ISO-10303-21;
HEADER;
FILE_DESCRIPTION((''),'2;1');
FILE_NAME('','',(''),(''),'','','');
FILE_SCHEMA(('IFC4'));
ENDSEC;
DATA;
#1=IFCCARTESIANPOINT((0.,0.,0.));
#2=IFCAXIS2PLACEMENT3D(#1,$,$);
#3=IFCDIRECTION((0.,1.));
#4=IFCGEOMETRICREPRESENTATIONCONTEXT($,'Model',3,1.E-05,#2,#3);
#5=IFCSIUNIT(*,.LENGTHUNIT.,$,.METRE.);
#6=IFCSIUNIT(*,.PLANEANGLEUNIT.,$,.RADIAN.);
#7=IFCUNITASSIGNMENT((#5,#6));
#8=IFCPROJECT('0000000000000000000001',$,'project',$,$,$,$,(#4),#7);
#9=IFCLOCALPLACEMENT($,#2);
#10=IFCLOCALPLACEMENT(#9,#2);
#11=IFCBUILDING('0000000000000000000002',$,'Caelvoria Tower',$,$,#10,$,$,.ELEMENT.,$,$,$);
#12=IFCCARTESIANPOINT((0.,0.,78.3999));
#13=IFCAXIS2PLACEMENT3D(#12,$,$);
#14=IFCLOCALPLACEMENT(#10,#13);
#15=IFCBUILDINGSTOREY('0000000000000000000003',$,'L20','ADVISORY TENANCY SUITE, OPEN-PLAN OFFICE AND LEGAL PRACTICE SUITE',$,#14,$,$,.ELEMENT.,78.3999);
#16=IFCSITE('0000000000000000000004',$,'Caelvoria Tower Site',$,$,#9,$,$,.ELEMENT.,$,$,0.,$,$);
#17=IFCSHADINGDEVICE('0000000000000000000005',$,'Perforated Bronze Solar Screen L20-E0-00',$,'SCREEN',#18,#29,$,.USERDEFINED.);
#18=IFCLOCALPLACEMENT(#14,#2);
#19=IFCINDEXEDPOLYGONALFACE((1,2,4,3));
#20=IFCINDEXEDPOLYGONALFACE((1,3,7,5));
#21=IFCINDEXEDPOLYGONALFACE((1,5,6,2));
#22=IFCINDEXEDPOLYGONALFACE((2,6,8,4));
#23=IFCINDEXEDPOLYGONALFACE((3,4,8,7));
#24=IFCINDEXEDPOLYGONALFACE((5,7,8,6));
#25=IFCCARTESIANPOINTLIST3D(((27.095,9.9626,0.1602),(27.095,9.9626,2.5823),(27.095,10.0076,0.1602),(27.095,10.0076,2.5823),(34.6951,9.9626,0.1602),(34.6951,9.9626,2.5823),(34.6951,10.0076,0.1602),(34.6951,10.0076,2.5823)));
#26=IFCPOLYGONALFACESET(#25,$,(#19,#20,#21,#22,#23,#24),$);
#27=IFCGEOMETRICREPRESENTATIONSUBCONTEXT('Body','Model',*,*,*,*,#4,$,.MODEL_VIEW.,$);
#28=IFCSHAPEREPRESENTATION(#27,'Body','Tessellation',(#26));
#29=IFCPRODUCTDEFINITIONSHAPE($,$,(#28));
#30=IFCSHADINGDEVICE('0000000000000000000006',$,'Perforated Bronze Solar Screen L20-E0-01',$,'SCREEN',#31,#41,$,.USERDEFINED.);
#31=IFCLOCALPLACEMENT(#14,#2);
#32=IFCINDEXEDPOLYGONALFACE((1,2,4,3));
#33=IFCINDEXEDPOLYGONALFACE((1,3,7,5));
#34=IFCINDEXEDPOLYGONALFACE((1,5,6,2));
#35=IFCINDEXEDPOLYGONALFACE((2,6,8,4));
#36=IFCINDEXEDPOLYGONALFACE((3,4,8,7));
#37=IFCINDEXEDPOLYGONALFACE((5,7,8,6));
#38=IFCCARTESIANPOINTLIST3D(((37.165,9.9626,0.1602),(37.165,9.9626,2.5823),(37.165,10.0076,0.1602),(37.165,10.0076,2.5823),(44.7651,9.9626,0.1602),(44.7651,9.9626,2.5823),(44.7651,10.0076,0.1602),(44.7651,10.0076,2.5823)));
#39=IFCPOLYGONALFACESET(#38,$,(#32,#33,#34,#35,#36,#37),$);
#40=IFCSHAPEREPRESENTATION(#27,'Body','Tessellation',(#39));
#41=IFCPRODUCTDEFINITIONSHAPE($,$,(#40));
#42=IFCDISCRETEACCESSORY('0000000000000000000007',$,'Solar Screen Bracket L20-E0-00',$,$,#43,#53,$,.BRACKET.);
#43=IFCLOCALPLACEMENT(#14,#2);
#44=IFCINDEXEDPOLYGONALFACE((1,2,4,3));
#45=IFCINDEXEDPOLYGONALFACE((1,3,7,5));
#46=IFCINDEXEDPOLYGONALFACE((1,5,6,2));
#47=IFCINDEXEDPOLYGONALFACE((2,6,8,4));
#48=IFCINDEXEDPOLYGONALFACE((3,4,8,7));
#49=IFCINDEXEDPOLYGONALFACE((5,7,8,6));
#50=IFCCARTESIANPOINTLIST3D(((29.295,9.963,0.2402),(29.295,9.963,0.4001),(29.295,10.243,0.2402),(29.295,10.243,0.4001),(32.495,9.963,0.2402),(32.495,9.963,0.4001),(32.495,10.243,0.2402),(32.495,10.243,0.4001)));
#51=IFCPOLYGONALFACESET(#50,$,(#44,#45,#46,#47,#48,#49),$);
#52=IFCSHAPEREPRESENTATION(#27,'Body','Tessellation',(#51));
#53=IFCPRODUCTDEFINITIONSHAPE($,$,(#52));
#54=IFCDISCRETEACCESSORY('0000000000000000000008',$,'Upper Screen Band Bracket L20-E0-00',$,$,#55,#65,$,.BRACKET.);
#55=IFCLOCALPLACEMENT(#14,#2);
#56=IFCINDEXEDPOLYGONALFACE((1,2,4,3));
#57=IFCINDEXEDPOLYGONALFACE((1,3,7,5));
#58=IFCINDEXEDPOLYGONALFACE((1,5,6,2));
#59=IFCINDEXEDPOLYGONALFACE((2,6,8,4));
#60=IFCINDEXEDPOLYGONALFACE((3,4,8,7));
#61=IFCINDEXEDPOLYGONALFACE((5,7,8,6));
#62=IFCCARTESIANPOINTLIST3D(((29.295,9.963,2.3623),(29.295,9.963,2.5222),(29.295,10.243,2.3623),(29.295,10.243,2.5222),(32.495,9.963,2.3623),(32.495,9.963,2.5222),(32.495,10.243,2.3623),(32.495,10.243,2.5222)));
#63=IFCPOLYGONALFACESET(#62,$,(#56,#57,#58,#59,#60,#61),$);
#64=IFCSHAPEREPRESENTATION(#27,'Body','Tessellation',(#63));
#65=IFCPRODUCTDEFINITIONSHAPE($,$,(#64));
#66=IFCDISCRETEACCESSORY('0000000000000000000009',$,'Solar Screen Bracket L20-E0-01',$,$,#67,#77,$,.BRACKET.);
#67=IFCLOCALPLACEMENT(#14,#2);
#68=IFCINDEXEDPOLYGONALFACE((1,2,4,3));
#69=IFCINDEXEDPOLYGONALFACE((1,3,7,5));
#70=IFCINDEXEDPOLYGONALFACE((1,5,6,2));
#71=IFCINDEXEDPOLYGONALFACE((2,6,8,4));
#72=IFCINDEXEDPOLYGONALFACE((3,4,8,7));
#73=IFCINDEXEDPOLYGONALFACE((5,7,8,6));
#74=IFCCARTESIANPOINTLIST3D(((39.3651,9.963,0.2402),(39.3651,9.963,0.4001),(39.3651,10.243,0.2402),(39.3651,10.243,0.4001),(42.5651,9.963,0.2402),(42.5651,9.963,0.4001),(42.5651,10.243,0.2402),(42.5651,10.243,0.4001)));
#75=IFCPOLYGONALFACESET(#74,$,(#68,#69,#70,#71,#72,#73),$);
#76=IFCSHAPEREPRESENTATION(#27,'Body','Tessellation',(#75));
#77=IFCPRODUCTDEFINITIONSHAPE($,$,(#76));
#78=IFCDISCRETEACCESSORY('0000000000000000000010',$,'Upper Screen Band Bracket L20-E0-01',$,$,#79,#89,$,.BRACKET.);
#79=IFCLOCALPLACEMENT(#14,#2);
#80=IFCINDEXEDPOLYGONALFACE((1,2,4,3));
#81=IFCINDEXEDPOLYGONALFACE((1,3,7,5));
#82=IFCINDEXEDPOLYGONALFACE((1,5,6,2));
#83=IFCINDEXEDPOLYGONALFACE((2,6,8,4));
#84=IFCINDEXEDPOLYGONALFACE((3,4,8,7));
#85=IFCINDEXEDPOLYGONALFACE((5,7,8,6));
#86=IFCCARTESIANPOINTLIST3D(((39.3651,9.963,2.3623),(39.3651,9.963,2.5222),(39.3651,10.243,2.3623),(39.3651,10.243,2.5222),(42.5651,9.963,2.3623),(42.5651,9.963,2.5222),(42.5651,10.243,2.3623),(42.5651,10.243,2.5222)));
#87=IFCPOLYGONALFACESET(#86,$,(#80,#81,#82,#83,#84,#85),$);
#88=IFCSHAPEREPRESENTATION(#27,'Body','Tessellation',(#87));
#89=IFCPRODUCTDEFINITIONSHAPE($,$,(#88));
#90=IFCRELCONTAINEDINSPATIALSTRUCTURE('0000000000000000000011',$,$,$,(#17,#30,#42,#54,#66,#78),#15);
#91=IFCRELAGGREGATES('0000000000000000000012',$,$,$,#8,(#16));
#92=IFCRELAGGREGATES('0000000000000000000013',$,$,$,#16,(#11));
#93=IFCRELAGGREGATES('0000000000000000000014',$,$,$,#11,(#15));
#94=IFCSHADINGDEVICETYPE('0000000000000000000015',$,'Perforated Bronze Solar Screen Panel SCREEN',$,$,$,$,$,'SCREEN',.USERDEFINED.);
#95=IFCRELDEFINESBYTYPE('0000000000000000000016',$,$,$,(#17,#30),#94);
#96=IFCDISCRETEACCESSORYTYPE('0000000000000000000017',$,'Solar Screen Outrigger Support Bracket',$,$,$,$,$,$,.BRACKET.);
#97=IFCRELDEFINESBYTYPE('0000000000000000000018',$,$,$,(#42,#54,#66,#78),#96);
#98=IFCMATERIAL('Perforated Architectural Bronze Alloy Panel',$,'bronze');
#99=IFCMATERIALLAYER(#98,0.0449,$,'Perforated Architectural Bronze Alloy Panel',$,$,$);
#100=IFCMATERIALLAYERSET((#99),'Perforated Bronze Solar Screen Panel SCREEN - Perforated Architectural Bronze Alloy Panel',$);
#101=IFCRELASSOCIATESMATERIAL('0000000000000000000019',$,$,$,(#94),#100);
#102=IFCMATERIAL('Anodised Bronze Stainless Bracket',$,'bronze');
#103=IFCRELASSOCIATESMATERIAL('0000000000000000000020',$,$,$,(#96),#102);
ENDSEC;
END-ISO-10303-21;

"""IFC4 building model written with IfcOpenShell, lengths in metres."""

from ifc_helpers import new_model, si_unit, direction, frame, origin, origin_2d, place, context, subcontext, project, spatial, rectangle, extrude, material, layer, layer_set, type_object, element, save


model = new_model("IFC4")

# Units and contexts
model_context = context("Model", 3, precision=1e-05, world=origin(), true_north=direction((0.0, 1.0)))
body_context = subcontext(model_context, "Body", "Model", "MODEL_VIEW")
ifc_project = project(units=[si_unit("LENGTHUNIT", "METRE"), si_unit("PLANEANGLEUNIT", "RADIAN")], contexts=[model_context])

# Site, building, storey
site_placement = place(None, origin())
site = spatial("IfcSite", under=ifc_project, at=site_placement, Name="Caelvoria Tower Site", CompositionType="ELEMENT", RefElevation=0.0)
building_placement = place(site_placement, origin())
building = spatial("IfcBuilding", under=site, at=building_placement, Name="Caelvoria Tower", CompositionType="ELEMENT")
storey_placement = place(building_placement, frame((0.0, 0.0, 78.3999)))
storey = spatial("IfcBuildingStorey", under=building, at=storey_placement, Name="L20", Description="ADVISORY TENANCY SUITE, OPEN-PLAN OFFICE AND LEGAL PRACTICE SUITE", CompositionType="ELEMENT", Elevation=78.3999)

# Shading devices
ifc_material_1 = material(Name="Perforated Architectural Bronze Alloy Panel", Category="bronze")
ifc_layer_1 = layer(ifc_material_1, 0.0449, Name="Perforated Architectural Bronze Alloy Panel")
ifc_layer_set_1 = layer_set([ifc_layer_1], Name="Perforated Bronze Solar Screen Panel SCREEN - Perforated Architectural Bronze Alloy Panel")
shading_device_type = type_object("IfcShadingDeviceType", Name="Perforated Bronze Solar Screen Panel SCREEN", ElementType="SCREEN", PredefinedType="USERDEFINED", material=ifc_layer_set_1)
for number, where, z_axis, x_axis, name in (
    (1, (30.895, 9.9851, 0.1602), (0.0, 0.0, 1.0), (1.0, 0.0, 0.0), "Perforated Bronze Solar Screen L20-E0-00"),
    (2, (40.9651, 9.9851, 0.1602), (0.0, 0.0, 1.0), (1.0, 0.0, 0.0), "Perforated Bronze Solar Screen L20-E0-01"),
):
    element("IfcShadingDevice", number, at=place(storey_placement, frame(where, z_axis=z_axis, x_axis=x_axis)), inside=storey, type_object=shading_device_type, Name=name, ObjectType="SCREEN", PredefinedType="USERDEFINED", context=body_context, shape_type="SweptSolid", body=[
        extrude(rectangle(XDim=7.6001, YDim=0.0449, at=origin_2d()), origin(), (0.0, 0.0, 1.0), 2.4221),
    ])

# Discrete accessories
ifc_material_2 = material(Name="Anodised Bronze Stainless Bracket", Category="bronze")
discrete_accessory_type = type_object("IfcDiscreteAccessoryType", Name="Solar Screen Outrigger Support Bracket", PredefinedType="BRACKET", material=ifc_material_2)
for number, where, z_axis, x_axis, name in (
    (3, (30.895, 10.103, 0.2402), (0.0, 0.0, 1.0), (1.0, 0.0, 0.0), "Solar Screen Bracket L20-E0-00"),
    (4, (30.895, 10.103, 2.3623), (0.0, 0.0, 1.0), (1.0, 0.0, 0.0), "Upper Screen Band Bracket L20-E0-00"),
    (5, (40.9651, 10.103, 0.2402), (0.0, 0.0, 1.0), (1.0, 0.0, 0.0), "Solar Screen Bracket L20-E0-01"),
    (6, (40.9651, 10.103, 2.3623), (0.0, 0.0, 1.0), (1.0, 0.0, 0.0), "Upper Screen Band Bracket L20-E0-01"),
):
    element("IfcDiscreteAccessory", number, at=place(storey_placement, frame(where, z_axis=z_axis, x_axis=x_axis)), inside=storey, type_object=discrete_accessory_type, Name=name, PredefinedType="BRACKET", context=body_context, shape_type="SweptSolid", body=[
        extrude(rectangle(XDim=3.2, YDim=0.28, at=origin_2d()), origin(), (0.0, 0.0, 1.0), 0.1599),
    ])

save(model, "model.ifc")
